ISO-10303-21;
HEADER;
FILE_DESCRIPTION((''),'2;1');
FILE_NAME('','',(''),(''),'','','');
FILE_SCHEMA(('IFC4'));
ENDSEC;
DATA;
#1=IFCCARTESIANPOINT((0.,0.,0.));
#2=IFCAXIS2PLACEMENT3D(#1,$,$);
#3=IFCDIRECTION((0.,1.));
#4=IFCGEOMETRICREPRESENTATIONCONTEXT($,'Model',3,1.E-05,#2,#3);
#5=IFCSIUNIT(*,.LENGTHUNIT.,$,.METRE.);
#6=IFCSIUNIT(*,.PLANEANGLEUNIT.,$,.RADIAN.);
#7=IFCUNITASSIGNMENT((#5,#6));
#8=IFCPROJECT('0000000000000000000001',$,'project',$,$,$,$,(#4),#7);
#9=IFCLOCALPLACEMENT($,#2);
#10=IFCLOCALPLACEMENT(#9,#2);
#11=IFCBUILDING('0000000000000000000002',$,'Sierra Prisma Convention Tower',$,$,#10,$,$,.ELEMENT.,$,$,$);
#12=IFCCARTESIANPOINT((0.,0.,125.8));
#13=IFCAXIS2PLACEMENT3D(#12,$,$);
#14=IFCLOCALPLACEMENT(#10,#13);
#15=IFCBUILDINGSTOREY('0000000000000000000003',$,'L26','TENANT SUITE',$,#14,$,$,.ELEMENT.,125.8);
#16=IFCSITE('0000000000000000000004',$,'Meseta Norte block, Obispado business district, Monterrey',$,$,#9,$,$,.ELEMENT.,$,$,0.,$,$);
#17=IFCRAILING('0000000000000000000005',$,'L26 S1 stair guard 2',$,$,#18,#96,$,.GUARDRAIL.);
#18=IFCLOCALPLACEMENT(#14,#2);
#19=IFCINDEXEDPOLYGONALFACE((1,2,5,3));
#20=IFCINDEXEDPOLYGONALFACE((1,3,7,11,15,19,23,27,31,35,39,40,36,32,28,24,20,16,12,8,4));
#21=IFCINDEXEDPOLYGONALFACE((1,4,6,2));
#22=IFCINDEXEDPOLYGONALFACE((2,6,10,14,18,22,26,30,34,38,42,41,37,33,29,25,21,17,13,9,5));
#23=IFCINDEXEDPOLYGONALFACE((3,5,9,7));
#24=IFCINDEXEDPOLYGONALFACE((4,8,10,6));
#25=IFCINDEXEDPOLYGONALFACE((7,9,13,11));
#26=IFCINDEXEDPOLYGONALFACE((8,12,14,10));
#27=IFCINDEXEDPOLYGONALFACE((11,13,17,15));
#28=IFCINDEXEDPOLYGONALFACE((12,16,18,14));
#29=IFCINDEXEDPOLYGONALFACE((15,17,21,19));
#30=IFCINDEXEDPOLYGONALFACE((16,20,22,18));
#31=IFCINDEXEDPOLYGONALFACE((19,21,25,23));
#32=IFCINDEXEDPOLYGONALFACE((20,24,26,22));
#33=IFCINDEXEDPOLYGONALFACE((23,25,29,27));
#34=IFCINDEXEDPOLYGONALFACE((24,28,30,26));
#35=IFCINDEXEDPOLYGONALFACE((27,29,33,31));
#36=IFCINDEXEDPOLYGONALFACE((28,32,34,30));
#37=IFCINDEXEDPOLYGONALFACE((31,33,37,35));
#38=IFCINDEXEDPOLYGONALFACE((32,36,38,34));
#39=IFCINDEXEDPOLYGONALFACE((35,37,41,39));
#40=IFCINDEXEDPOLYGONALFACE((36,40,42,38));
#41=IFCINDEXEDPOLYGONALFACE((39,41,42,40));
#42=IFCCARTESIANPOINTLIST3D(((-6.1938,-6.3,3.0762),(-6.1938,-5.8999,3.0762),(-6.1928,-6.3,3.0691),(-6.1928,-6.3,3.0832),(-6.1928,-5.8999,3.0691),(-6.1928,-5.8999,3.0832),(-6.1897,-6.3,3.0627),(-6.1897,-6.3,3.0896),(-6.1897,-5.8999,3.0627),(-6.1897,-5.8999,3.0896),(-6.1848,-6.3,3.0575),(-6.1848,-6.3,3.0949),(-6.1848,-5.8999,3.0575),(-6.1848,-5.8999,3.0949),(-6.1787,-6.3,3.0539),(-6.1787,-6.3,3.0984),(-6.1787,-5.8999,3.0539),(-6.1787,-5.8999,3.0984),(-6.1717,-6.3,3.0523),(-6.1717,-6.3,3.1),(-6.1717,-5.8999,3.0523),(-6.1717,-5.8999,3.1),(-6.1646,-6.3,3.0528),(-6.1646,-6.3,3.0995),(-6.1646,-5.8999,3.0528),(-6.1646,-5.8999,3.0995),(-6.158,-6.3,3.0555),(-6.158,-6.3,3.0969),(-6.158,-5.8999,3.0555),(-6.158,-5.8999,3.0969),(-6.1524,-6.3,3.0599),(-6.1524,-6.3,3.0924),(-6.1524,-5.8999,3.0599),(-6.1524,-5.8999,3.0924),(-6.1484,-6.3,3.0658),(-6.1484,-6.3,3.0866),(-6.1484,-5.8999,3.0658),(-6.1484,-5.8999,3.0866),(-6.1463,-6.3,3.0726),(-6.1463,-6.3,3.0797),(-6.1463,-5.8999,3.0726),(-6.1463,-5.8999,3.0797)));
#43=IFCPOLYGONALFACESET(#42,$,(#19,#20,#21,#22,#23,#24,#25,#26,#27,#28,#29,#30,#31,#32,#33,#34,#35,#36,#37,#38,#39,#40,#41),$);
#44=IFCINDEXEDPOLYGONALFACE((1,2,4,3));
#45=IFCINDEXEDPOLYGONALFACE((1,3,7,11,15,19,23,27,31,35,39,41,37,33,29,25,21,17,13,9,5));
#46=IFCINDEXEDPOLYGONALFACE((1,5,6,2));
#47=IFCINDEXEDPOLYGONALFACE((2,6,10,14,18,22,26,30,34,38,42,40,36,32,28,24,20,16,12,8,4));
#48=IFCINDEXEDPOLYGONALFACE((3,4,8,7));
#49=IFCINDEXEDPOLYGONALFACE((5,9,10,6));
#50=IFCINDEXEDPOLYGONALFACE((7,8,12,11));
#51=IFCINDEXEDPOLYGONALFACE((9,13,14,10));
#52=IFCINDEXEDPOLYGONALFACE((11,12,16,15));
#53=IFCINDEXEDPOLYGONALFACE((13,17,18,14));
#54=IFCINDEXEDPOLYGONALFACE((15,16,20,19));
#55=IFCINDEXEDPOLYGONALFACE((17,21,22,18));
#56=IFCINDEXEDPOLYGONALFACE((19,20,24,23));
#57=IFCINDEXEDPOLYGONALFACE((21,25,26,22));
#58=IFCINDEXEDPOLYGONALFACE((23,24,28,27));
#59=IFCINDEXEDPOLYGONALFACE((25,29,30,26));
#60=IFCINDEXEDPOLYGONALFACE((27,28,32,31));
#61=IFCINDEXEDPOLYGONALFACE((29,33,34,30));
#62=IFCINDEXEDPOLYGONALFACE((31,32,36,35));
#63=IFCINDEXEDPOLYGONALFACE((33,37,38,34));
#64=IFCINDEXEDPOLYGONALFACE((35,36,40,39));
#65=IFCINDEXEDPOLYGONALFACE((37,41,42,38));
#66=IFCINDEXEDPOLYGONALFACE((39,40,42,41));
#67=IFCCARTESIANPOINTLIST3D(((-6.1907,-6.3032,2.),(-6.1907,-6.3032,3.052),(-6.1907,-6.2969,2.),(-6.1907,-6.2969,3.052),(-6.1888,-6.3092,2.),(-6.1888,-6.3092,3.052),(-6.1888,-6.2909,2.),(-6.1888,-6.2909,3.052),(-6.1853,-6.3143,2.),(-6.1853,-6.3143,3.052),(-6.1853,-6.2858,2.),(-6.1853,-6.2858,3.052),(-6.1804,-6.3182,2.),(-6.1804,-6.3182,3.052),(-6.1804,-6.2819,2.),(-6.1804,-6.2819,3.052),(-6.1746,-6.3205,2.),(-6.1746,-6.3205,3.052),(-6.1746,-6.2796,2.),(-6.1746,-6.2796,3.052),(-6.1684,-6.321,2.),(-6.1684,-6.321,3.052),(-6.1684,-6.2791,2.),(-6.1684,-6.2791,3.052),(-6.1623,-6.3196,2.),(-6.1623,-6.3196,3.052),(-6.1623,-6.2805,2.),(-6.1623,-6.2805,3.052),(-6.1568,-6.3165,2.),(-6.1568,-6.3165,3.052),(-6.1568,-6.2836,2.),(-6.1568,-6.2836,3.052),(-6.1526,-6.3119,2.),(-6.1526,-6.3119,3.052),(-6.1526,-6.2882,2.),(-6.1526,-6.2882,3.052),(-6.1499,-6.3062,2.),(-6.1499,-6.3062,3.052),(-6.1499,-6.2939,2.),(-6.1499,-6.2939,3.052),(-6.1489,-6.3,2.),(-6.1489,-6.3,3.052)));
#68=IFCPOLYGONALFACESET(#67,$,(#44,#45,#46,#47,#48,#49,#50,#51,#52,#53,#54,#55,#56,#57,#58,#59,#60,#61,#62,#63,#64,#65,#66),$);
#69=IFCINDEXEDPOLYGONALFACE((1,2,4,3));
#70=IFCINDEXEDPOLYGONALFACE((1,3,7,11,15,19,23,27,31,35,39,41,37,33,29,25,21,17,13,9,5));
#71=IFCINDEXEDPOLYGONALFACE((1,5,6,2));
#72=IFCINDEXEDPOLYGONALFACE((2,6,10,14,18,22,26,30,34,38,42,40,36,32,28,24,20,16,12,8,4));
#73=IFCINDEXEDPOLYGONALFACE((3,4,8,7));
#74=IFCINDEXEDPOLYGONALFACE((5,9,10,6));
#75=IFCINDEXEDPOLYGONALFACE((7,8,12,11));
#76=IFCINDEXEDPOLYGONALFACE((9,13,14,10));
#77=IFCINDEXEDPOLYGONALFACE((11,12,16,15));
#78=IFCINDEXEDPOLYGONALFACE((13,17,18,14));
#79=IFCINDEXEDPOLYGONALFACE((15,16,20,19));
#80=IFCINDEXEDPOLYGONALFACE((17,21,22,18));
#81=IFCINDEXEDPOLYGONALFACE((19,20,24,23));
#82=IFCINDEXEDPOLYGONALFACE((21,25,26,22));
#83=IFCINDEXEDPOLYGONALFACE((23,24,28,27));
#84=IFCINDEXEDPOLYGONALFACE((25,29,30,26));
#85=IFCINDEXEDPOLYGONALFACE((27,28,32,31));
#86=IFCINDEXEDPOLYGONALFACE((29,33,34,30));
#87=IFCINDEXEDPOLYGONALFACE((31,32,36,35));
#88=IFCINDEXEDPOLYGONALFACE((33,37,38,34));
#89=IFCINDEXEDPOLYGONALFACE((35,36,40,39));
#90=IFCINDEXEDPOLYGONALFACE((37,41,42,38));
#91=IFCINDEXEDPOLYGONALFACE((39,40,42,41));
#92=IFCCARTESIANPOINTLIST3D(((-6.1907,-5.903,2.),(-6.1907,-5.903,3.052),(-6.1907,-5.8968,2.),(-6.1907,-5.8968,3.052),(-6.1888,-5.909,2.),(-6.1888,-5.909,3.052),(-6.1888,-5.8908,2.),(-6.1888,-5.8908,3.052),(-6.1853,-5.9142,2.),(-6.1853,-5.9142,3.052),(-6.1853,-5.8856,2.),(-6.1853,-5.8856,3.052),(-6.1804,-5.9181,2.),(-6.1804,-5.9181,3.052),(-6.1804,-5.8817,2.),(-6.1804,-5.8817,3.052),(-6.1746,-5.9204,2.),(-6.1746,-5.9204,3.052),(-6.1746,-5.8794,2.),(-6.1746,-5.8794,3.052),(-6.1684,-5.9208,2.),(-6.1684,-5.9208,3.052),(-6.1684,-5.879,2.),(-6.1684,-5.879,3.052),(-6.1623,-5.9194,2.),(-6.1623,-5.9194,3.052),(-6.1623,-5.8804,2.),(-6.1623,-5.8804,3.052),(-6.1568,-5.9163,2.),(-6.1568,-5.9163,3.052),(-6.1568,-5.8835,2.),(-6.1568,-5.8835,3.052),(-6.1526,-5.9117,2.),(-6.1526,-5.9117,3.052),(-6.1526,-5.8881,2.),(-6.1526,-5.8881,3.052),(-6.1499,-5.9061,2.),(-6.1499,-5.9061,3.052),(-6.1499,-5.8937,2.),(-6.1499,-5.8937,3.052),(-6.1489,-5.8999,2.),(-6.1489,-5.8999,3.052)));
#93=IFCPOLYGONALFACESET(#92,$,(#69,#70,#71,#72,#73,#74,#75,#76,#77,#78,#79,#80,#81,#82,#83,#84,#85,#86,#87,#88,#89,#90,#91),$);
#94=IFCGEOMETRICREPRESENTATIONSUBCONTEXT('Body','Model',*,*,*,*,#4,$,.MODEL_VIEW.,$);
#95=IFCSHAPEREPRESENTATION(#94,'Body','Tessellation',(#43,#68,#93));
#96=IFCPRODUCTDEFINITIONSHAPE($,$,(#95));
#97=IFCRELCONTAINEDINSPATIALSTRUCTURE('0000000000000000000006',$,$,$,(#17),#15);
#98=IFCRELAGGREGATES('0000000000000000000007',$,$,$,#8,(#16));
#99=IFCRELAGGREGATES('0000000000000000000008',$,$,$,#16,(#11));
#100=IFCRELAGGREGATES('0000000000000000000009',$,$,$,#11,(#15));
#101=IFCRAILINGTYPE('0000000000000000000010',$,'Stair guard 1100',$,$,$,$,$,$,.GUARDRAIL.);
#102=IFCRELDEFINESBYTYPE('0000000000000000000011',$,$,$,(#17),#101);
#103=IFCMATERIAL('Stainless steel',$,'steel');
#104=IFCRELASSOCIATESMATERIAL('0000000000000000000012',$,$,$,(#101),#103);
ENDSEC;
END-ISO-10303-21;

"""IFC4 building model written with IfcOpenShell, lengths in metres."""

from ifc_helpers import new_model, si_unit, direction, frame, origin, origin_2d, place, context, subcontext, project, spatial, circle, extrude, material, type_object, element, save


model = new_model("IFC4")

# Units and contexts
model_context = context("Model", 3, precision=1e-05, world=origin(), true_north=direction((0.0, 1.0)))
body_context = subcontext(model_context, "Body", "Model", "MODEL_VIEW")
ifc_project = project(units=[si_unit("LENGTHUNIT", "METRE"), si_unit("PLANEANGLEUNIT", "RADIAN")], contexts=[model_context])

# Site, building, storey
site_placement = place(None, origin())
site = spatial("IfcSite", under=ifc_project, at=site_placement, Name="Meseta Norte block, Obispado business district, Monterrey", CompositionType="ELEMENT", RefElevation=0.0)
building_placement = place(site_placement, origin())
building = spatial("IfcBuilding", under=site, at=building_placement, Name="Sierra Prisma Convention Tower", CompositionType="ELEMENT")
storey_placement = place(building_placement, frame((0.0, 0.0, 125.8)))
storey = spatial("IfcBuildingStorey", under=building, at=storey_placement, Name="L26", Description="TENANT SUITE", CompositionType="ELEMENT", Elevation=125.8)

# Railing
ifc_material_1 = material(Name="Stainless steel", Category="steel")
railing_type_1 = type_object("IfcRailingType", Name="Stair guard 1100", PredefinedType="GUARDRAIL", material=ifc_material_1)
railing_1_placement = place(storey_placement, frame((-6.1699, -6.3, 2.0)))
element("IfcRailing", 1, at=railing_1_placement, inside=storey, type_object=railing_type_1, Name="L26 S1 stair guard 2", PredefinedType="GUARDRAIL", context=body_context, shape_type="SweptSolid", body=[
    extrude(circle(Radius=0.0239, at=origin_2d()), frame((0.0, 0.0, 1.0762), z_axis=(0.0, 1.0, 0.0), x_axis=(-1.0, 0.0, 0.0)), (0.0, 0.0, 1.0), 0.4001),
    extrude(circle(Radius=0.021, at=origin_2d()), origin(), (0.0, 0.0, 1.0), 1.052),
    extrude(circle(Radius=0.021, at=origin_2d()), frame((0.0, 0.4001, 0.0)), (0.0, 0.0, 1.0), 1.052),
])

save(model, "model.ifc")
